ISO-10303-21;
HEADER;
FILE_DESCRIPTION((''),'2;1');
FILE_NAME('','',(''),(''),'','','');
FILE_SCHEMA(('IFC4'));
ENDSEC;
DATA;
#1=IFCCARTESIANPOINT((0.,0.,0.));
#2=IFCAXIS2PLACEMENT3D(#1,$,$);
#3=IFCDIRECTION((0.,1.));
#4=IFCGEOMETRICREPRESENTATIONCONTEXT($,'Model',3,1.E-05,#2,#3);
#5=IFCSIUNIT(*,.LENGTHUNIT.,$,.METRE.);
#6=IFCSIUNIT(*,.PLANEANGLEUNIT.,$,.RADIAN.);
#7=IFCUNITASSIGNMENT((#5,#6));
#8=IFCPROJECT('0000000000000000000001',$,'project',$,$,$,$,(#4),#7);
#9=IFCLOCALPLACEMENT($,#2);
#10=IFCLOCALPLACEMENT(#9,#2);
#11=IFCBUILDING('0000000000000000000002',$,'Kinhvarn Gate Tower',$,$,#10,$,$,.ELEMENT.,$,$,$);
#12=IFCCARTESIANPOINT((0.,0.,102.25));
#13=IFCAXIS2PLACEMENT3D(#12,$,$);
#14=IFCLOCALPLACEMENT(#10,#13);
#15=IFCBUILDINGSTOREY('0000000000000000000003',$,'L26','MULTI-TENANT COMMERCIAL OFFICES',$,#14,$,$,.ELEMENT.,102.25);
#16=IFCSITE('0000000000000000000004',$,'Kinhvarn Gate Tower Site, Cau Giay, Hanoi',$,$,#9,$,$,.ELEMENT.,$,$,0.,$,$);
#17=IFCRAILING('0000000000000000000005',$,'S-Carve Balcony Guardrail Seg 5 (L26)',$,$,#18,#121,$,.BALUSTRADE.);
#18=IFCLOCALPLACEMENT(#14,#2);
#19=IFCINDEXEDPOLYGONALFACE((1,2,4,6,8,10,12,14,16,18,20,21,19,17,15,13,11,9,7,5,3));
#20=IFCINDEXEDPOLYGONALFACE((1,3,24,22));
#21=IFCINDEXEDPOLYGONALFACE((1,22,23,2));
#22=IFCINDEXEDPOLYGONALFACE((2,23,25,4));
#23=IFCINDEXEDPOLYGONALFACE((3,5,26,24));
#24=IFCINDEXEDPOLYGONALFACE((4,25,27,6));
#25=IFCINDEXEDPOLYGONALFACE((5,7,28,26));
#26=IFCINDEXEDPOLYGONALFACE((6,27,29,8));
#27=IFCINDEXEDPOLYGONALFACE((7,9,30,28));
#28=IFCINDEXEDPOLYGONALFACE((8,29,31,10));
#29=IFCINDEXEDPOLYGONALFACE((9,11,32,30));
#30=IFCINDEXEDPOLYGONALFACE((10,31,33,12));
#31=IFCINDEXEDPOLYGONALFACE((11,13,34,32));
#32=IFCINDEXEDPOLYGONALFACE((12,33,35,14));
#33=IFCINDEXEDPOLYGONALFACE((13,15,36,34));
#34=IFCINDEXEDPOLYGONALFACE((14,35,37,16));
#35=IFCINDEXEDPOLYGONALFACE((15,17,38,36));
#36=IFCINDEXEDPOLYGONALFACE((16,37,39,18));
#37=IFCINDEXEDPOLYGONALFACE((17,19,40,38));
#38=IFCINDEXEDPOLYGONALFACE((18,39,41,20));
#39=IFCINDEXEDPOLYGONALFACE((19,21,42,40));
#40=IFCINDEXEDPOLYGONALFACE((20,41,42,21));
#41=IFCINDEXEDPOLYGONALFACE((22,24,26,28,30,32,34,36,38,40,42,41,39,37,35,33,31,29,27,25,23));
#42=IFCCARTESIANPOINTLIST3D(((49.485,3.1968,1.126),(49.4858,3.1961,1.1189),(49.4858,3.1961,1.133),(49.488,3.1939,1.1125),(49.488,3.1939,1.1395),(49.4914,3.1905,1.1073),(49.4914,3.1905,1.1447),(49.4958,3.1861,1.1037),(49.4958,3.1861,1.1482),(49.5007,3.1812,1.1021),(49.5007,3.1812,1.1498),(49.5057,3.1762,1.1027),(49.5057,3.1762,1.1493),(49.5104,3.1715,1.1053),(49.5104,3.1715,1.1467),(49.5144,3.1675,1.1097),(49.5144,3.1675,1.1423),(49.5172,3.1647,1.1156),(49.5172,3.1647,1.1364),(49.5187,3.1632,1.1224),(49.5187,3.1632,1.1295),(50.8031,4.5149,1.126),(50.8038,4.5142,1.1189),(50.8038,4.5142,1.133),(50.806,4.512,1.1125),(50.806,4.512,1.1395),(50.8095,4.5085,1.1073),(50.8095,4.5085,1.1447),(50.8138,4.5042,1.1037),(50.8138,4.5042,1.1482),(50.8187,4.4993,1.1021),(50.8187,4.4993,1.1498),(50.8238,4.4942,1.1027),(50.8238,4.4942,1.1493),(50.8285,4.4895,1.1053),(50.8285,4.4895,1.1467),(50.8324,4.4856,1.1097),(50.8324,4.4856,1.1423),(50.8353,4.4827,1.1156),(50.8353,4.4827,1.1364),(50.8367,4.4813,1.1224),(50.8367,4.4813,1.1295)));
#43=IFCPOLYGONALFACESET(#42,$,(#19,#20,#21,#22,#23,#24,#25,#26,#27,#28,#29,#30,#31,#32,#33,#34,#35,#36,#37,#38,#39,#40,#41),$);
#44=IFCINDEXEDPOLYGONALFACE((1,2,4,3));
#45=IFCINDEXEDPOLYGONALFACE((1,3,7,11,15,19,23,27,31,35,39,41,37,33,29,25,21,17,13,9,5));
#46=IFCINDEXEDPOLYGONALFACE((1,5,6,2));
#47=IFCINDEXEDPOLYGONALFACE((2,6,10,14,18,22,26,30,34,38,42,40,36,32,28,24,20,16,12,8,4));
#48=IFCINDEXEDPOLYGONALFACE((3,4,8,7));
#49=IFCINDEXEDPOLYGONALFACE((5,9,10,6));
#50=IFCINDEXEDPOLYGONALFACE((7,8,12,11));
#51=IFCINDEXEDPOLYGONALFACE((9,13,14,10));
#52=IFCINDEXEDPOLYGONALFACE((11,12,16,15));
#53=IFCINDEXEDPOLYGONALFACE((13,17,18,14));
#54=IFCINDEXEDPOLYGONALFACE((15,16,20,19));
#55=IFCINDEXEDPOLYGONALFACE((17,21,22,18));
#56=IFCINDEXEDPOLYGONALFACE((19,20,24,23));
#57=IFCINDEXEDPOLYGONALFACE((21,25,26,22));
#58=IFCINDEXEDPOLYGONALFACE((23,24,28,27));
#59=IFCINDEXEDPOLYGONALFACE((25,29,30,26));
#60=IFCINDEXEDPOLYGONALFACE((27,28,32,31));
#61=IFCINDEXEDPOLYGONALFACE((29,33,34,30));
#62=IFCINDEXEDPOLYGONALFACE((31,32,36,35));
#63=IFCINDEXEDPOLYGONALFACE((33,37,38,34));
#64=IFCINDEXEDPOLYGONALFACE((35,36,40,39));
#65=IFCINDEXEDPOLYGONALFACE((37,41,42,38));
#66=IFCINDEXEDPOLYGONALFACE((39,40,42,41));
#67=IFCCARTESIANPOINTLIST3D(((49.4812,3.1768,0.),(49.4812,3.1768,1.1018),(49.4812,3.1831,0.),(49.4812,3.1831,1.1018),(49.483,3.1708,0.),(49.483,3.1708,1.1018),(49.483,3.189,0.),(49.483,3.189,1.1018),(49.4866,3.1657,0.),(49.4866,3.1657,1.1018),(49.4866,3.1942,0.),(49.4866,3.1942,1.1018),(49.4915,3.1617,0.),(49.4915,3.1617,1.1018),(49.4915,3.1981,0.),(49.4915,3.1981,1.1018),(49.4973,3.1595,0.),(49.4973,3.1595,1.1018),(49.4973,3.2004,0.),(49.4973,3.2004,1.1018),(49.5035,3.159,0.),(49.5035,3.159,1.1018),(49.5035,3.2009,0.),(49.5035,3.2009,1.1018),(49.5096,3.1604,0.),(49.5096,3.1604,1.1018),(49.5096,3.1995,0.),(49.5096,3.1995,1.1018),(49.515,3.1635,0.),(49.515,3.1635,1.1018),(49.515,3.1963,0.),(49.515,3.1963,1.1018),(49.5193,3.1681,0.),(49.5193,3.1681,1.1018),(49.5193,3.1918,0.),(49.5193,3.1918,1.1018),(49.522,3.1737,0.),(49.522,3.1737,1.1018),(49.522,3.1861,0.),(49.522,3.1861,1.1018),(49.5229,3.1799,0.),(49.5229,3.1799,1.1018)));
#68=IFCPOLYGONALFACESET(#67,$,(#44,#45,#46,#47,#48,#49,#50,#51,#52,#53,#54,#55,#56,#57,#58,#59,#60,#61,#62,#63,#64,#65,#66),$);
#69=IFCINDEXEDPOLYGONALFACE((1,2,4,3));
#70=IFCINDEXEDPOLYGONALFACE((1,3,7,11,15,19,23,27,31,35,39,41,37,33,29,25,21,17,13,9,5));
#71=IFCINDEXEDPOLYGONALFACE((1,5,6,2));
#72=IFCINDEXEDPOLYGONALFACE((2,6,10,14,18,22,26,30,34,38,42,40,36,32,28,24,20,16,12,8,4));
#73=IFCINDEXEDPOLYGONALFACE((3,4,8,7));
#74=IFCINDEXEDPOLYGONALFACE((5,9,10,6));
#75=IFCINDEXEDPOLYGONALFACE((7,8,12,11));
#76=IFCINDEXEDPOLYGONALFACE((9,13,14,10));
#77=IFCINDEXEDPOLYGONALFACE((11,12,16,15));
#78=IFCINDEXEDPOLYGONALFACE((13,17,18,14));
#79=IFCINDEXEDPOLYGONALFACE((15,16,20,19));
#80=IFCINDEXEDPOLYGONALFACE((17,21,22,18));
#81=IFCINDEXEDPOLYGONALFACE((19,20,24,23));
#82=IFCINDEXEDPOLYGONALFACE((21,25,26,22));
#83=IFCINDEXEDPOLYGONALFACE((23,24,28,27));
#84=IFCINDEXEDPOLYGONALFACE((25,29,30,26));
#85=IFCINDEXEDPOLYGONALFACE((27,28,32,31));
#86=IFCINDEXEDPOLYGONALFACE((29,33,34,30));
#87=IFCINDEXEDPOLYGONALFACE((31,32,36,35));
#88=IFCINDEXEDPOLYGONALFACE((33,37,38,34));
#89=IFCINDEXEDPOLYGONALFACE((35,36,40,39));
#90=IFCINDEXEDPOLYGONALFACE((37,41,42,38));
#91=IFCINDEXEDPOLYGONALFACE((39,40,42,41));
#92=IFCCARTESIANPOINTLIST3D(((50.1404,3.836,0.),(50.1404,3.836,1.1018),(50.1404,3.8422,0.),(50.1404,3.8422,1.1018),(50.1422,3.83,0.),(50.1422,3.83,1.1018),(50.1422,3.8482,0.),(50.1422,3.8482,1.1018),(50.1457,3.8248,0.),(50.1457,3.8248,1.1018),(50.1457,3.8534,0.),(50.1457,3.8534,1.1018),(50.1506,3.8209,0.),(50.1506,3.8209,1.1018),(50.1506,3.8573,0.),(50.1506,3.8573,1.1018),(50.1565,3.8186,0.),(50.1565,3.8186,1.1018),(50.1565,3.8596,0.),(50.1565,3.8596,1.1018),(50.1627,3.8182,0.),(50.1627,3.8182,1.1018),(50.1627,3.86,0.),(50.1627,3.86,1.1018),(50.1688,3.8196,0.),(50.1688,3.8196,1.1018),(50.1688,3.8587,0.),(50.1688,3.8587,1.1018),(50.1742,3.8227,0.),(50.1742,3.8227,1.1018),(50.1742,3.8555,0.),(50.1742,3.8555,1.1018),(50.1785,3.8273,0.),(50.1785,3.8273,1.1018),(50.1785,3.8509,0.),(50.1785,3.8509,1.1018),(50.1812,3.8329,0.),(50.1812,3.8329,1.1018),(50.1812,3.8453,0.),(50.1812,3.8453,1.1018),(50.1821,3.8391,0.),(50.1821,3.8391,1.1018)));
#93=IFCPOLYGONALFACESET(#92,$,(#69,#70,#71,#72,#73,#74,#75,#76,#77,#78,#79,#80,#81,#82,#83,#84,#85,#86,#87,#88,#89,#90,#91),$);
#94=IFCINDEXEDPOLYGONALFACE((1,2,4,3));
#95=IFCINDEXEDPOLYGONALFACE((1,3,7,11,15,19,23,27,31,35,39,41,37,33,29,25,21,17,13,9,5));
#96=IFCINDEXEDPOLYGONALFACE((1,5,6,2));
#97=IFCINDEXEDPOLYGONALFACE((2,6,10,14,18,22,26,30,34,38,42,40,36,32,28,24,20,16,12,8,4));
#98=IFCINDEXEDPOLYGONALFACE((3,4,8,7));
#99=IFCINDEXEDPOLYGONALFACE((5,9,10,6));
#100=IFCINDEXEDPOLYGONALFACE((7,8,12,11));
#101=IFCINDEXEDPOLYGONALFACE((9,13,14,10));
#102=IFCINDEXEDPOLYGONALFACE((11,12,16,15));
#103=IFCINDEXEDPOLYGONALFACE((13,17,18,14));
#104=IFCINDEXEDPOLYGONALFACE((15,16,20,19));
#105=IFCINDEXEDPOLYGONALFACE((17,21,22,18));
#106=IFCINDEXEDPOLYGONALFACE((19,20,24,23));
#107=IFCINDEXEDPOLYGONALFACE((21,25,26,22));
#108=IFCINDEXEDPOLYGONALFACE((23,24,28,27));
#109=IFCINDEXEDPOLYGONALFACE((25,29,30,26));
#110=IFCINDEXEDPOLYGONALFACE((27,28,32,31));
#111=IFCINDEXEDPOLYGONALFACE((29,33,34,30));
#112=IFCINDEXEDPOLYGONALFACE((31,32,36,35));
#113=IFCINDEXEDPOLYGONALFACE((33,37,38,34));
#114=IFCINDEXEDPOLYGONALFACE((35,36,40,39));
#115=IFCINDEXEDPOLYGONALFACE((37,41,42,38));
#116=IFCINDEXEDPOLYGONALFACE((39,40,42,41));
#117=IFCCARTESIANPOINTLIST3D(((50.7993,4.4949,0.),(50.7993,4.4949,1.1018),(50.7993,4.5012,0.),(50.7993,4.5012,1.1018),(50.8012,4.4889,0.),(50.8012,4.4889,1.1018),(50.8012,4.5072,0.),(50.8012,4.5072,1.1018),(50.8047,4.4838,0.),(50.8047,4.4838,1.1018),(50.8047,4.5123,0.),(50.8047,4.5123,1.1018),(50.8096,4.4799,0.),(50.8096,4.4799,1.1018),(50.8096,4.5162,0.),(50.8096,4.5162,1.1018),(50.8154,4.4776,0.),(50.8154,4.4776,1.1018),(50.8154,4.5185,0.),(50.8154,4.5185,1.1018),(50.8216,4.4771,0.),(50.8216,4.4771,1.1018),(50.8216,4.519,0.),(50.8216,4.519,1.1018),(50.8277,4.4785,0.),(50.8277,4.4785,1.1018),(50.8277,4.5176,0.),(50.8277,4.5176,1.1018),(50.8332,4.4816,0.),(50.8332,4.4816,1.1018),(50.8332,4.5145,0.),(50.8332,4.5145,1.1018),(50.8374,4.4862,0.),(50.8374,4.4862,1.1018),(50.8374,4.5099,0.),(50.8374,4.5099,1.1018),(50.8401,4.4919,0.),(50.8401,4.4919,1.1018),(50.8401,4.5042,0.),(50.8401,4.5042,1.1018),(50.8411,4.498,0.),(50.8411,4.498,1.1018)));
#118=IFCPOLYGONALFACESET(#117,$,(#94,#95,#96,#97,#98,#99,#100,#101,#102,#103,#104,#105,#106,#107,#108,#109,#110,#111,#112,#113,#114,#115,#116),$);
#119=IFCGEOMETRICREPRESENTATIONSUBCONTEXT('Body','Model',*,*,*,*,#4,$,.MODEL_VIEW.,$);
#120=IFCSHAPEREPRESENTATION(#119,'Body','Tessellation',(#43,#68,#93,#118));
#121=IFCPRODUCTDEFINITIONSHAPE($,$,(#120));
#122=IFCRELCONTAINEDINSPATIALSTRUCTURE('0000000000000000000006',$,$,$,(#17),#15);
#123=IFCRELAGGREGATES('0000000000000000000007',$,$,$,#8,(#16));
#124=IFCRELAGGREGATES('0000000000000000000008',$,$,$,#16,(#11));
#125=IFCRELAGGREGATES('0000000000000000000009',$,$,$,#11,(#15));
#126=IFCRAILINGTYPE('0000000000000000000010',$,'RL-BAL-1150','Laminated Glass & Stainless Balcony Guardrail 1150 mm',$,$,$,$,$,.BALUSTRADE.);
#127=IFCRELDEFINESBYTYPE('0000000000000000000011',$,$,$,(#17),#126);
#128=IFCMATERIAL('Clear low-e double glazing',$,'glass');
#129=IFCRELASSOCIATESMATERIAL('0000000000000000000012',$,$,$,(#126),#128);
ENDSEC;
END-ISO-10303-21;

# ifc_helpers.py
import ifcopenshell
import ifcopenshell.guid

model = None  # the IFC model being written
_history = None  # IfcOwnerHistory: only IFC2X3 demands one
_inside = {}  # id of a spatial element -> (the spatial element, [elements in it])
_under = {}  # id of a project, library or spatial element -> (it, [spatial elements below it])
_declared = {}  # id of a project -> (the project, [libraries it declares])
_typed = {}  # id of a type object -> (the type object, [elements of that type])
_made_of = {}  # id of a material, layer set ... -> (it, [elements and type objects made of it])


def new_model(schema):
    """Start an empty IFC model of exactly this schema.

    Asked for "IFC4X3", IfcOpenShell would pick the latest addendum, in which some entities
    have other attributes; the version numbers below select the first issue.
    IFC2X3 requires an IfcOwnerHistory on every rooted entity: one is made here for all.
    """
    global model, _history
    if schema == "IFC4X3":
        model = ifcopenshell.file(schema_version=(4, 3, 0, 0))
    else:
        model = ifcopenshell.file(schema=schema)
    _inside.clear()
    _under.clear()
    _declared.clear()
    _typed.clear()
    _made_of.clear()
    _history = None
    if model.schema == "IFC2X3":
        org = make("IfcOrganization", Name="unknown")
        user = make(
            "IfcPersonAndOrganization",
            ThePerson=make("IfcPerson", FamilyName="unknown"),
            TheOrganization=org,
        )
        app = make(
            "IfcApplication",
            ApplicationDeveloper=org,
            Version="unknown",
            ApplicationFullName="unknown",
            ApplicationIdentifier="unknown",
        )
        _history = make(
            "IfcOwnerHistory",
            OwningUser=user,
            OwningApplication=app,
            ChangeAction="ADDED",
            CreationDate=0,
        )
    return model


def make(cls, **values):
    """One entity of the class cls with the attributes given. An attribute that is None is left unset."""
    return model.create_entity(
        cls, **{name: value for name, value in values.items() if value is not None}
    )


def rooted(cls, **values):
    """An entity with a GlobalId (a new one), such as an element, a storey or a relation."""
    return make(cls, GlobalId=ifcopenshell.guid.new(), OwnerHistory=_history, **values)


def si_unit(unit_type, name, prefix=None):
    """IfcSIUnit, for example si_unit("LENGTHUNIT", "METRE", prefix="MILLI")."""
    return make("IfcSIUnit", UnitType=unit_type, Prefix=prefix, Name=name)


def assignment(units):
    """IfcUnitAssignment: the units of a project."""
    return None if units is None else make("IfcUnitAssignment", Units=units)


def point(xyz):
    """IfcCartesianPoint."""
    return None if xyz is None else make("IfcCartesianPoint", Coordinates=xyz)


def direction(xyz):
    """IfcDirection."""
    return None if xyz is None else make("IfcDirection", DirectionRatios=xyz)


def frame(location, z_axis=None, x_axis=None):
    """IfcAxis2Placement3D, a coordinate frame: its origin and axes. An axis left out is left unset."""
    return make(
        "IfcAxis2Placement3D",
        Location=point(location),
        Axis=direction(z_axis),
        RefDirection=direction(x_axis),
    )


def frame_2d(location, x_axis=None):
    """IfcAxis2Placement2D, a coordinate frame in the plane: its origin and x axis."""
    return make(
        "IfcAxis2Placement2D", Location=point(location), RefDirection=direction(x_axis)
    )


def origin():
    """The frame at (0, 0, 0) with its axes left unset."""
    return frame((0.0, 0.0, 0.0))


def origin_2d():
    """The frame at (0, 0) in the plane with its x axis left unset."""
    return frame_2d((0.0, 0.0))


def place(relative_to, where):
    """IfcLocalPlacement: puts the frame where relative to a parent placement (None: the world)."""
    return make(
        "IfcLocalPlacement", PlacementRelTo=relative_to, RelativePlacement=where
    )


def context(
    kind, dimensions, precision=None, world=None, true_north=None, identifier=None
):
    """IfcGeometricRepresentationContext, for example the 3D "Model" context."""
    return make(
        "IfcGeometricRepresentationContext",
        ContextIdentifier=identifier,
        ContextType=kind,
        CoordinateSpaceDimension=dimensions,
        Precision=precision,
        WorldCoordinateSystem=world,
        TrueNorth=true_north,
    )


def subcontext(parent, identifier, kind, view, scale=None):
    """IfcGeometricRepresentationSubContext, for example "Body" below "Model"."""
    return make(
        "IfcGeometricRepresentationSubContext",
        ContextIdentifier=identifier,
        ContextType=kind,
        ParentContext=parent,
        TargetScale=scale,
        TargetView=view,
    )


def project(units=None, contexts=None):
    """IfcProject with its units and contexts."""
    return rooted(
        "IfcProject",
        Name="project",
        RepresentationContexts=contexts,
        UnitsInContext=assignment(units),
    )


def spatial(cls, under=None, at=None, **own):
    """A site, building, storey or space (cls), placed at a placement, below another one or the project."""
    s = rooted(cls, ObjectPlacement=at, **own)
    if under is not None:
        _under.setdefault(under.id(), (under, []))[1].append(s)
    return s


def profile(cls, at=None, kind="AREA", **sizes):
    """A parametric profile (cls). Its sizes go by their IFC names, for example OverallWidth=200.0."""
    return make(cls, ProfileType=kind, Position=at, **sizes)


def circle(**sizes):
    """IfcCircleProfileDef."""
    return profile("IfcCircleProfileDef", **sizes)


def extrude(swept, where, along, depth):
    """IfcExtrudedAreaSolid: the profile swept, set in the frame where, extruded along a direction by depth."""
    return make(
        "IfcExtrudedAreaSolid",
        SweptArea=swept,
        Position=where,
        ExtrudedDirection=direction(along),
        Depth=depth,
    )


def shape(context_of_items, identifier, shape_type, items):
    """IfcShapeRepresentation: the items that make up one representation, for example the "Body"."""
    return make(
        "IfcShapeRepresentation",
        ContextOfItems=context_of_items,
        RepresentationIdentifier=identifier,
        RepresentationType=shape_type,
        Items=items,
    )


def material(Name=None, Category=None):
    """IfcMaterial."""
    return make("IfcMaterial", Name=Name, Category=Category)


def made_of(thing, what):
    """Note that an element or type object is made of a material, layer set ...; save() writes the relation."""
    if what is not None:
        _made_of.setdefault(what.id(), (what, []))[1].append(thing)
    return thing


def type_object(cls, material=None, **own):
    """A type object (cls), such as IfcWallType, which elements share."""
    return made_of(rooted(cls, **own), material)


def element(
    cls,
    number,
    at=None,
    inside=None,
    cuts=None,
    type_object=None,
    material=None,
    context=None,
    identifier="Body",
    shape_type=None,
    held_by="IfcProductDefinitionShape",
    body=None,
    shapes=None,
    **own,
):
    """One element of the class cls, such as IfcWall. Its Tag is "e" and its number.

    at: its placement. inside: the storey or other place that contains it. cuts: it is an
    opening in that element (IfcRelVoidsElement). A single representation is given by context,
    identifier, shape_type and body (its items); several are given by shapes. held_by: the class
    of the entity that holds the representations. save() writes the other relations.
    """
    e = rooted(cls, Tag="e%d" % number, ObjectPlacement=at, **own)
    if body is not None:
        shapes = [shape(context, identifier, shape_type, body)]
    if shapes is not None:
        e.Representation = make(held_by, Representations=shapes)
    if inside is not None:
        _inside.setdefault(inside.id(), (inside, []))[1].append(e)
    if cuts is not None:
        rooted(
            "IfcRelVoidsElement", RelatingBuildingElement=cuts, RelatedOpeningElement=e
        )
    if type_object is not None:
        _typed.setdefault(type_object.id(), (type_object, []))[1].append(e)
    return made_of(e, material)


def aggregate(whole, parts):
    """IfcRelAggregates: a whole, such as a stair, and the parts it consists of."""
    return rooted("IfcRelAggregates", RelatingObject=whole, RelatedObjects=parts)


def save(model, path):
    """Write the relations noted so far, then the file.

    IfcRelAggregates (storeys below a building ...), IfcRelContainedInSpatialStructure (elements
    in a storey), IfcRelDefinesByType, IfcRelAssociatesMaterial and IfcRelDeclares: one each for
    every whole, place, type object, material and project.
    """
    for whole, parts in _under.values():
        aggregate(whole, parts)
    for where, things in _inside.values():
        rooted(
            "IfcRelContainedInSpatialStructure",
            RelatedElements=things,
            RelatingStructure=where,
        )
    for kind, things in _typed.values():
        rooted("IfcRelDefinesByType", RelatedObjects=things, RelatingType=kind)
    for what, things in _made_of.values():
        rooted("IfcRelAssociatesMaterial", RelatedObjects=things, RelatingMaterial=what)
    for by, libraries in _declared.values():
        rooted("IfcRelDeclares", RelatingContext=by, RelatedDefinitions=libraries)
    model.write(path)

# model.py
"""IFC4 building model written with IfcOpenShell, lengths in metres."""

from ifc_helpers import new_model, si_unit, direction, frame, origin, origin_2d, place, context, subcontext, project, spatial, circle, extrude, material, type_object, element, save


model = new_model("IFC4")

# Units and contexts
model_context = context("Model", 3, precision=1e-05, world=origin(), true_north=direction((0.0, 1.0)))
body_context = subcontext(model_context, "Body", "Model", "MODEL_VIEW")
ifc_project = project(units=[si_unit("LENGTHUNIT", "METRE"), si_unit("PLANEANGLEUNIT", "RADIAN")], contexts=[model_context])

# Site, building, storey
site_placement = place(None, origin())
site = spatial("IfcSite", under=ifc_project, at=site_placement, Name="Kinhvarn Gate Tower Site, Cau Giay, Hanoi", CompositionType="ELEMENT", RefElevation=0.0)
building_placement = place(site_placement, origin())
building = spatial("IfcBuilding", under=site, at=building_placement, Name="Kinhvarn Gate Tower", CompositionType="ELEMENT")
storey_placement = place(building_placement, frame((0.0, 0.0, 102.25)))
storey = spatial("IfcBuildingStorey", under=building, at=storey_placement, Name="L26", Description="MULTI-TENANT COMMERCIAL OFFICES", CompositionType="ELEMENT", Elevation=102.25)

# Shared definitions
ifc_material_1 = material(Name="Clear low-e double glazing", Category="glass")

# Railing
railing_type = type_object("IfcRailingType", Name="RL-BAL-1150", Description="Laminated Glass & Stainless Balcony Guardrail 1150 mm", PredefinedType="BALUSTRADE", material=ifc_material_1)
railing_1_placement = place(storey_placement, frame((49.502, 3.1799, 0.0)))
element("IfcRailing", 1, at=railing_1_placement, inside=storey, type_object=railing_type, Name="S-Carve Balcony Guardrail Seg 5 (L26)", PredefinedType="BALUSTRADE", context=body_context, shape_type="SweptSolid", body=[
    extrude(circle(Radius=0.0239, at=origin_2d()), frame((0.0, 0.0, 1.126), z_axis=(0.707107, 0.707107, 0.0), x_axis=(-0.707107, 0.707107, 0.0)), (0.0, 0.0, 1.0), 1.864),
    extrude(circle(Radius=0.021, at=origin_2d()), origin(), (0.0, 0.0, 1.0), 1.1018),
    extrude(circle(Radius=0.021, at=origin_2d()), frame((0.6592, 0.6592, 0.0)), (0.0, 0.0, 1.0), 1.1018),
    extrude(circle(Radius=0.021, at=origin_2d()), frame((1.3181, 1.3181, 0.0)), (0.0, 0.0, 1.0), 1.1018),
])

save(model, "model.ifc")
